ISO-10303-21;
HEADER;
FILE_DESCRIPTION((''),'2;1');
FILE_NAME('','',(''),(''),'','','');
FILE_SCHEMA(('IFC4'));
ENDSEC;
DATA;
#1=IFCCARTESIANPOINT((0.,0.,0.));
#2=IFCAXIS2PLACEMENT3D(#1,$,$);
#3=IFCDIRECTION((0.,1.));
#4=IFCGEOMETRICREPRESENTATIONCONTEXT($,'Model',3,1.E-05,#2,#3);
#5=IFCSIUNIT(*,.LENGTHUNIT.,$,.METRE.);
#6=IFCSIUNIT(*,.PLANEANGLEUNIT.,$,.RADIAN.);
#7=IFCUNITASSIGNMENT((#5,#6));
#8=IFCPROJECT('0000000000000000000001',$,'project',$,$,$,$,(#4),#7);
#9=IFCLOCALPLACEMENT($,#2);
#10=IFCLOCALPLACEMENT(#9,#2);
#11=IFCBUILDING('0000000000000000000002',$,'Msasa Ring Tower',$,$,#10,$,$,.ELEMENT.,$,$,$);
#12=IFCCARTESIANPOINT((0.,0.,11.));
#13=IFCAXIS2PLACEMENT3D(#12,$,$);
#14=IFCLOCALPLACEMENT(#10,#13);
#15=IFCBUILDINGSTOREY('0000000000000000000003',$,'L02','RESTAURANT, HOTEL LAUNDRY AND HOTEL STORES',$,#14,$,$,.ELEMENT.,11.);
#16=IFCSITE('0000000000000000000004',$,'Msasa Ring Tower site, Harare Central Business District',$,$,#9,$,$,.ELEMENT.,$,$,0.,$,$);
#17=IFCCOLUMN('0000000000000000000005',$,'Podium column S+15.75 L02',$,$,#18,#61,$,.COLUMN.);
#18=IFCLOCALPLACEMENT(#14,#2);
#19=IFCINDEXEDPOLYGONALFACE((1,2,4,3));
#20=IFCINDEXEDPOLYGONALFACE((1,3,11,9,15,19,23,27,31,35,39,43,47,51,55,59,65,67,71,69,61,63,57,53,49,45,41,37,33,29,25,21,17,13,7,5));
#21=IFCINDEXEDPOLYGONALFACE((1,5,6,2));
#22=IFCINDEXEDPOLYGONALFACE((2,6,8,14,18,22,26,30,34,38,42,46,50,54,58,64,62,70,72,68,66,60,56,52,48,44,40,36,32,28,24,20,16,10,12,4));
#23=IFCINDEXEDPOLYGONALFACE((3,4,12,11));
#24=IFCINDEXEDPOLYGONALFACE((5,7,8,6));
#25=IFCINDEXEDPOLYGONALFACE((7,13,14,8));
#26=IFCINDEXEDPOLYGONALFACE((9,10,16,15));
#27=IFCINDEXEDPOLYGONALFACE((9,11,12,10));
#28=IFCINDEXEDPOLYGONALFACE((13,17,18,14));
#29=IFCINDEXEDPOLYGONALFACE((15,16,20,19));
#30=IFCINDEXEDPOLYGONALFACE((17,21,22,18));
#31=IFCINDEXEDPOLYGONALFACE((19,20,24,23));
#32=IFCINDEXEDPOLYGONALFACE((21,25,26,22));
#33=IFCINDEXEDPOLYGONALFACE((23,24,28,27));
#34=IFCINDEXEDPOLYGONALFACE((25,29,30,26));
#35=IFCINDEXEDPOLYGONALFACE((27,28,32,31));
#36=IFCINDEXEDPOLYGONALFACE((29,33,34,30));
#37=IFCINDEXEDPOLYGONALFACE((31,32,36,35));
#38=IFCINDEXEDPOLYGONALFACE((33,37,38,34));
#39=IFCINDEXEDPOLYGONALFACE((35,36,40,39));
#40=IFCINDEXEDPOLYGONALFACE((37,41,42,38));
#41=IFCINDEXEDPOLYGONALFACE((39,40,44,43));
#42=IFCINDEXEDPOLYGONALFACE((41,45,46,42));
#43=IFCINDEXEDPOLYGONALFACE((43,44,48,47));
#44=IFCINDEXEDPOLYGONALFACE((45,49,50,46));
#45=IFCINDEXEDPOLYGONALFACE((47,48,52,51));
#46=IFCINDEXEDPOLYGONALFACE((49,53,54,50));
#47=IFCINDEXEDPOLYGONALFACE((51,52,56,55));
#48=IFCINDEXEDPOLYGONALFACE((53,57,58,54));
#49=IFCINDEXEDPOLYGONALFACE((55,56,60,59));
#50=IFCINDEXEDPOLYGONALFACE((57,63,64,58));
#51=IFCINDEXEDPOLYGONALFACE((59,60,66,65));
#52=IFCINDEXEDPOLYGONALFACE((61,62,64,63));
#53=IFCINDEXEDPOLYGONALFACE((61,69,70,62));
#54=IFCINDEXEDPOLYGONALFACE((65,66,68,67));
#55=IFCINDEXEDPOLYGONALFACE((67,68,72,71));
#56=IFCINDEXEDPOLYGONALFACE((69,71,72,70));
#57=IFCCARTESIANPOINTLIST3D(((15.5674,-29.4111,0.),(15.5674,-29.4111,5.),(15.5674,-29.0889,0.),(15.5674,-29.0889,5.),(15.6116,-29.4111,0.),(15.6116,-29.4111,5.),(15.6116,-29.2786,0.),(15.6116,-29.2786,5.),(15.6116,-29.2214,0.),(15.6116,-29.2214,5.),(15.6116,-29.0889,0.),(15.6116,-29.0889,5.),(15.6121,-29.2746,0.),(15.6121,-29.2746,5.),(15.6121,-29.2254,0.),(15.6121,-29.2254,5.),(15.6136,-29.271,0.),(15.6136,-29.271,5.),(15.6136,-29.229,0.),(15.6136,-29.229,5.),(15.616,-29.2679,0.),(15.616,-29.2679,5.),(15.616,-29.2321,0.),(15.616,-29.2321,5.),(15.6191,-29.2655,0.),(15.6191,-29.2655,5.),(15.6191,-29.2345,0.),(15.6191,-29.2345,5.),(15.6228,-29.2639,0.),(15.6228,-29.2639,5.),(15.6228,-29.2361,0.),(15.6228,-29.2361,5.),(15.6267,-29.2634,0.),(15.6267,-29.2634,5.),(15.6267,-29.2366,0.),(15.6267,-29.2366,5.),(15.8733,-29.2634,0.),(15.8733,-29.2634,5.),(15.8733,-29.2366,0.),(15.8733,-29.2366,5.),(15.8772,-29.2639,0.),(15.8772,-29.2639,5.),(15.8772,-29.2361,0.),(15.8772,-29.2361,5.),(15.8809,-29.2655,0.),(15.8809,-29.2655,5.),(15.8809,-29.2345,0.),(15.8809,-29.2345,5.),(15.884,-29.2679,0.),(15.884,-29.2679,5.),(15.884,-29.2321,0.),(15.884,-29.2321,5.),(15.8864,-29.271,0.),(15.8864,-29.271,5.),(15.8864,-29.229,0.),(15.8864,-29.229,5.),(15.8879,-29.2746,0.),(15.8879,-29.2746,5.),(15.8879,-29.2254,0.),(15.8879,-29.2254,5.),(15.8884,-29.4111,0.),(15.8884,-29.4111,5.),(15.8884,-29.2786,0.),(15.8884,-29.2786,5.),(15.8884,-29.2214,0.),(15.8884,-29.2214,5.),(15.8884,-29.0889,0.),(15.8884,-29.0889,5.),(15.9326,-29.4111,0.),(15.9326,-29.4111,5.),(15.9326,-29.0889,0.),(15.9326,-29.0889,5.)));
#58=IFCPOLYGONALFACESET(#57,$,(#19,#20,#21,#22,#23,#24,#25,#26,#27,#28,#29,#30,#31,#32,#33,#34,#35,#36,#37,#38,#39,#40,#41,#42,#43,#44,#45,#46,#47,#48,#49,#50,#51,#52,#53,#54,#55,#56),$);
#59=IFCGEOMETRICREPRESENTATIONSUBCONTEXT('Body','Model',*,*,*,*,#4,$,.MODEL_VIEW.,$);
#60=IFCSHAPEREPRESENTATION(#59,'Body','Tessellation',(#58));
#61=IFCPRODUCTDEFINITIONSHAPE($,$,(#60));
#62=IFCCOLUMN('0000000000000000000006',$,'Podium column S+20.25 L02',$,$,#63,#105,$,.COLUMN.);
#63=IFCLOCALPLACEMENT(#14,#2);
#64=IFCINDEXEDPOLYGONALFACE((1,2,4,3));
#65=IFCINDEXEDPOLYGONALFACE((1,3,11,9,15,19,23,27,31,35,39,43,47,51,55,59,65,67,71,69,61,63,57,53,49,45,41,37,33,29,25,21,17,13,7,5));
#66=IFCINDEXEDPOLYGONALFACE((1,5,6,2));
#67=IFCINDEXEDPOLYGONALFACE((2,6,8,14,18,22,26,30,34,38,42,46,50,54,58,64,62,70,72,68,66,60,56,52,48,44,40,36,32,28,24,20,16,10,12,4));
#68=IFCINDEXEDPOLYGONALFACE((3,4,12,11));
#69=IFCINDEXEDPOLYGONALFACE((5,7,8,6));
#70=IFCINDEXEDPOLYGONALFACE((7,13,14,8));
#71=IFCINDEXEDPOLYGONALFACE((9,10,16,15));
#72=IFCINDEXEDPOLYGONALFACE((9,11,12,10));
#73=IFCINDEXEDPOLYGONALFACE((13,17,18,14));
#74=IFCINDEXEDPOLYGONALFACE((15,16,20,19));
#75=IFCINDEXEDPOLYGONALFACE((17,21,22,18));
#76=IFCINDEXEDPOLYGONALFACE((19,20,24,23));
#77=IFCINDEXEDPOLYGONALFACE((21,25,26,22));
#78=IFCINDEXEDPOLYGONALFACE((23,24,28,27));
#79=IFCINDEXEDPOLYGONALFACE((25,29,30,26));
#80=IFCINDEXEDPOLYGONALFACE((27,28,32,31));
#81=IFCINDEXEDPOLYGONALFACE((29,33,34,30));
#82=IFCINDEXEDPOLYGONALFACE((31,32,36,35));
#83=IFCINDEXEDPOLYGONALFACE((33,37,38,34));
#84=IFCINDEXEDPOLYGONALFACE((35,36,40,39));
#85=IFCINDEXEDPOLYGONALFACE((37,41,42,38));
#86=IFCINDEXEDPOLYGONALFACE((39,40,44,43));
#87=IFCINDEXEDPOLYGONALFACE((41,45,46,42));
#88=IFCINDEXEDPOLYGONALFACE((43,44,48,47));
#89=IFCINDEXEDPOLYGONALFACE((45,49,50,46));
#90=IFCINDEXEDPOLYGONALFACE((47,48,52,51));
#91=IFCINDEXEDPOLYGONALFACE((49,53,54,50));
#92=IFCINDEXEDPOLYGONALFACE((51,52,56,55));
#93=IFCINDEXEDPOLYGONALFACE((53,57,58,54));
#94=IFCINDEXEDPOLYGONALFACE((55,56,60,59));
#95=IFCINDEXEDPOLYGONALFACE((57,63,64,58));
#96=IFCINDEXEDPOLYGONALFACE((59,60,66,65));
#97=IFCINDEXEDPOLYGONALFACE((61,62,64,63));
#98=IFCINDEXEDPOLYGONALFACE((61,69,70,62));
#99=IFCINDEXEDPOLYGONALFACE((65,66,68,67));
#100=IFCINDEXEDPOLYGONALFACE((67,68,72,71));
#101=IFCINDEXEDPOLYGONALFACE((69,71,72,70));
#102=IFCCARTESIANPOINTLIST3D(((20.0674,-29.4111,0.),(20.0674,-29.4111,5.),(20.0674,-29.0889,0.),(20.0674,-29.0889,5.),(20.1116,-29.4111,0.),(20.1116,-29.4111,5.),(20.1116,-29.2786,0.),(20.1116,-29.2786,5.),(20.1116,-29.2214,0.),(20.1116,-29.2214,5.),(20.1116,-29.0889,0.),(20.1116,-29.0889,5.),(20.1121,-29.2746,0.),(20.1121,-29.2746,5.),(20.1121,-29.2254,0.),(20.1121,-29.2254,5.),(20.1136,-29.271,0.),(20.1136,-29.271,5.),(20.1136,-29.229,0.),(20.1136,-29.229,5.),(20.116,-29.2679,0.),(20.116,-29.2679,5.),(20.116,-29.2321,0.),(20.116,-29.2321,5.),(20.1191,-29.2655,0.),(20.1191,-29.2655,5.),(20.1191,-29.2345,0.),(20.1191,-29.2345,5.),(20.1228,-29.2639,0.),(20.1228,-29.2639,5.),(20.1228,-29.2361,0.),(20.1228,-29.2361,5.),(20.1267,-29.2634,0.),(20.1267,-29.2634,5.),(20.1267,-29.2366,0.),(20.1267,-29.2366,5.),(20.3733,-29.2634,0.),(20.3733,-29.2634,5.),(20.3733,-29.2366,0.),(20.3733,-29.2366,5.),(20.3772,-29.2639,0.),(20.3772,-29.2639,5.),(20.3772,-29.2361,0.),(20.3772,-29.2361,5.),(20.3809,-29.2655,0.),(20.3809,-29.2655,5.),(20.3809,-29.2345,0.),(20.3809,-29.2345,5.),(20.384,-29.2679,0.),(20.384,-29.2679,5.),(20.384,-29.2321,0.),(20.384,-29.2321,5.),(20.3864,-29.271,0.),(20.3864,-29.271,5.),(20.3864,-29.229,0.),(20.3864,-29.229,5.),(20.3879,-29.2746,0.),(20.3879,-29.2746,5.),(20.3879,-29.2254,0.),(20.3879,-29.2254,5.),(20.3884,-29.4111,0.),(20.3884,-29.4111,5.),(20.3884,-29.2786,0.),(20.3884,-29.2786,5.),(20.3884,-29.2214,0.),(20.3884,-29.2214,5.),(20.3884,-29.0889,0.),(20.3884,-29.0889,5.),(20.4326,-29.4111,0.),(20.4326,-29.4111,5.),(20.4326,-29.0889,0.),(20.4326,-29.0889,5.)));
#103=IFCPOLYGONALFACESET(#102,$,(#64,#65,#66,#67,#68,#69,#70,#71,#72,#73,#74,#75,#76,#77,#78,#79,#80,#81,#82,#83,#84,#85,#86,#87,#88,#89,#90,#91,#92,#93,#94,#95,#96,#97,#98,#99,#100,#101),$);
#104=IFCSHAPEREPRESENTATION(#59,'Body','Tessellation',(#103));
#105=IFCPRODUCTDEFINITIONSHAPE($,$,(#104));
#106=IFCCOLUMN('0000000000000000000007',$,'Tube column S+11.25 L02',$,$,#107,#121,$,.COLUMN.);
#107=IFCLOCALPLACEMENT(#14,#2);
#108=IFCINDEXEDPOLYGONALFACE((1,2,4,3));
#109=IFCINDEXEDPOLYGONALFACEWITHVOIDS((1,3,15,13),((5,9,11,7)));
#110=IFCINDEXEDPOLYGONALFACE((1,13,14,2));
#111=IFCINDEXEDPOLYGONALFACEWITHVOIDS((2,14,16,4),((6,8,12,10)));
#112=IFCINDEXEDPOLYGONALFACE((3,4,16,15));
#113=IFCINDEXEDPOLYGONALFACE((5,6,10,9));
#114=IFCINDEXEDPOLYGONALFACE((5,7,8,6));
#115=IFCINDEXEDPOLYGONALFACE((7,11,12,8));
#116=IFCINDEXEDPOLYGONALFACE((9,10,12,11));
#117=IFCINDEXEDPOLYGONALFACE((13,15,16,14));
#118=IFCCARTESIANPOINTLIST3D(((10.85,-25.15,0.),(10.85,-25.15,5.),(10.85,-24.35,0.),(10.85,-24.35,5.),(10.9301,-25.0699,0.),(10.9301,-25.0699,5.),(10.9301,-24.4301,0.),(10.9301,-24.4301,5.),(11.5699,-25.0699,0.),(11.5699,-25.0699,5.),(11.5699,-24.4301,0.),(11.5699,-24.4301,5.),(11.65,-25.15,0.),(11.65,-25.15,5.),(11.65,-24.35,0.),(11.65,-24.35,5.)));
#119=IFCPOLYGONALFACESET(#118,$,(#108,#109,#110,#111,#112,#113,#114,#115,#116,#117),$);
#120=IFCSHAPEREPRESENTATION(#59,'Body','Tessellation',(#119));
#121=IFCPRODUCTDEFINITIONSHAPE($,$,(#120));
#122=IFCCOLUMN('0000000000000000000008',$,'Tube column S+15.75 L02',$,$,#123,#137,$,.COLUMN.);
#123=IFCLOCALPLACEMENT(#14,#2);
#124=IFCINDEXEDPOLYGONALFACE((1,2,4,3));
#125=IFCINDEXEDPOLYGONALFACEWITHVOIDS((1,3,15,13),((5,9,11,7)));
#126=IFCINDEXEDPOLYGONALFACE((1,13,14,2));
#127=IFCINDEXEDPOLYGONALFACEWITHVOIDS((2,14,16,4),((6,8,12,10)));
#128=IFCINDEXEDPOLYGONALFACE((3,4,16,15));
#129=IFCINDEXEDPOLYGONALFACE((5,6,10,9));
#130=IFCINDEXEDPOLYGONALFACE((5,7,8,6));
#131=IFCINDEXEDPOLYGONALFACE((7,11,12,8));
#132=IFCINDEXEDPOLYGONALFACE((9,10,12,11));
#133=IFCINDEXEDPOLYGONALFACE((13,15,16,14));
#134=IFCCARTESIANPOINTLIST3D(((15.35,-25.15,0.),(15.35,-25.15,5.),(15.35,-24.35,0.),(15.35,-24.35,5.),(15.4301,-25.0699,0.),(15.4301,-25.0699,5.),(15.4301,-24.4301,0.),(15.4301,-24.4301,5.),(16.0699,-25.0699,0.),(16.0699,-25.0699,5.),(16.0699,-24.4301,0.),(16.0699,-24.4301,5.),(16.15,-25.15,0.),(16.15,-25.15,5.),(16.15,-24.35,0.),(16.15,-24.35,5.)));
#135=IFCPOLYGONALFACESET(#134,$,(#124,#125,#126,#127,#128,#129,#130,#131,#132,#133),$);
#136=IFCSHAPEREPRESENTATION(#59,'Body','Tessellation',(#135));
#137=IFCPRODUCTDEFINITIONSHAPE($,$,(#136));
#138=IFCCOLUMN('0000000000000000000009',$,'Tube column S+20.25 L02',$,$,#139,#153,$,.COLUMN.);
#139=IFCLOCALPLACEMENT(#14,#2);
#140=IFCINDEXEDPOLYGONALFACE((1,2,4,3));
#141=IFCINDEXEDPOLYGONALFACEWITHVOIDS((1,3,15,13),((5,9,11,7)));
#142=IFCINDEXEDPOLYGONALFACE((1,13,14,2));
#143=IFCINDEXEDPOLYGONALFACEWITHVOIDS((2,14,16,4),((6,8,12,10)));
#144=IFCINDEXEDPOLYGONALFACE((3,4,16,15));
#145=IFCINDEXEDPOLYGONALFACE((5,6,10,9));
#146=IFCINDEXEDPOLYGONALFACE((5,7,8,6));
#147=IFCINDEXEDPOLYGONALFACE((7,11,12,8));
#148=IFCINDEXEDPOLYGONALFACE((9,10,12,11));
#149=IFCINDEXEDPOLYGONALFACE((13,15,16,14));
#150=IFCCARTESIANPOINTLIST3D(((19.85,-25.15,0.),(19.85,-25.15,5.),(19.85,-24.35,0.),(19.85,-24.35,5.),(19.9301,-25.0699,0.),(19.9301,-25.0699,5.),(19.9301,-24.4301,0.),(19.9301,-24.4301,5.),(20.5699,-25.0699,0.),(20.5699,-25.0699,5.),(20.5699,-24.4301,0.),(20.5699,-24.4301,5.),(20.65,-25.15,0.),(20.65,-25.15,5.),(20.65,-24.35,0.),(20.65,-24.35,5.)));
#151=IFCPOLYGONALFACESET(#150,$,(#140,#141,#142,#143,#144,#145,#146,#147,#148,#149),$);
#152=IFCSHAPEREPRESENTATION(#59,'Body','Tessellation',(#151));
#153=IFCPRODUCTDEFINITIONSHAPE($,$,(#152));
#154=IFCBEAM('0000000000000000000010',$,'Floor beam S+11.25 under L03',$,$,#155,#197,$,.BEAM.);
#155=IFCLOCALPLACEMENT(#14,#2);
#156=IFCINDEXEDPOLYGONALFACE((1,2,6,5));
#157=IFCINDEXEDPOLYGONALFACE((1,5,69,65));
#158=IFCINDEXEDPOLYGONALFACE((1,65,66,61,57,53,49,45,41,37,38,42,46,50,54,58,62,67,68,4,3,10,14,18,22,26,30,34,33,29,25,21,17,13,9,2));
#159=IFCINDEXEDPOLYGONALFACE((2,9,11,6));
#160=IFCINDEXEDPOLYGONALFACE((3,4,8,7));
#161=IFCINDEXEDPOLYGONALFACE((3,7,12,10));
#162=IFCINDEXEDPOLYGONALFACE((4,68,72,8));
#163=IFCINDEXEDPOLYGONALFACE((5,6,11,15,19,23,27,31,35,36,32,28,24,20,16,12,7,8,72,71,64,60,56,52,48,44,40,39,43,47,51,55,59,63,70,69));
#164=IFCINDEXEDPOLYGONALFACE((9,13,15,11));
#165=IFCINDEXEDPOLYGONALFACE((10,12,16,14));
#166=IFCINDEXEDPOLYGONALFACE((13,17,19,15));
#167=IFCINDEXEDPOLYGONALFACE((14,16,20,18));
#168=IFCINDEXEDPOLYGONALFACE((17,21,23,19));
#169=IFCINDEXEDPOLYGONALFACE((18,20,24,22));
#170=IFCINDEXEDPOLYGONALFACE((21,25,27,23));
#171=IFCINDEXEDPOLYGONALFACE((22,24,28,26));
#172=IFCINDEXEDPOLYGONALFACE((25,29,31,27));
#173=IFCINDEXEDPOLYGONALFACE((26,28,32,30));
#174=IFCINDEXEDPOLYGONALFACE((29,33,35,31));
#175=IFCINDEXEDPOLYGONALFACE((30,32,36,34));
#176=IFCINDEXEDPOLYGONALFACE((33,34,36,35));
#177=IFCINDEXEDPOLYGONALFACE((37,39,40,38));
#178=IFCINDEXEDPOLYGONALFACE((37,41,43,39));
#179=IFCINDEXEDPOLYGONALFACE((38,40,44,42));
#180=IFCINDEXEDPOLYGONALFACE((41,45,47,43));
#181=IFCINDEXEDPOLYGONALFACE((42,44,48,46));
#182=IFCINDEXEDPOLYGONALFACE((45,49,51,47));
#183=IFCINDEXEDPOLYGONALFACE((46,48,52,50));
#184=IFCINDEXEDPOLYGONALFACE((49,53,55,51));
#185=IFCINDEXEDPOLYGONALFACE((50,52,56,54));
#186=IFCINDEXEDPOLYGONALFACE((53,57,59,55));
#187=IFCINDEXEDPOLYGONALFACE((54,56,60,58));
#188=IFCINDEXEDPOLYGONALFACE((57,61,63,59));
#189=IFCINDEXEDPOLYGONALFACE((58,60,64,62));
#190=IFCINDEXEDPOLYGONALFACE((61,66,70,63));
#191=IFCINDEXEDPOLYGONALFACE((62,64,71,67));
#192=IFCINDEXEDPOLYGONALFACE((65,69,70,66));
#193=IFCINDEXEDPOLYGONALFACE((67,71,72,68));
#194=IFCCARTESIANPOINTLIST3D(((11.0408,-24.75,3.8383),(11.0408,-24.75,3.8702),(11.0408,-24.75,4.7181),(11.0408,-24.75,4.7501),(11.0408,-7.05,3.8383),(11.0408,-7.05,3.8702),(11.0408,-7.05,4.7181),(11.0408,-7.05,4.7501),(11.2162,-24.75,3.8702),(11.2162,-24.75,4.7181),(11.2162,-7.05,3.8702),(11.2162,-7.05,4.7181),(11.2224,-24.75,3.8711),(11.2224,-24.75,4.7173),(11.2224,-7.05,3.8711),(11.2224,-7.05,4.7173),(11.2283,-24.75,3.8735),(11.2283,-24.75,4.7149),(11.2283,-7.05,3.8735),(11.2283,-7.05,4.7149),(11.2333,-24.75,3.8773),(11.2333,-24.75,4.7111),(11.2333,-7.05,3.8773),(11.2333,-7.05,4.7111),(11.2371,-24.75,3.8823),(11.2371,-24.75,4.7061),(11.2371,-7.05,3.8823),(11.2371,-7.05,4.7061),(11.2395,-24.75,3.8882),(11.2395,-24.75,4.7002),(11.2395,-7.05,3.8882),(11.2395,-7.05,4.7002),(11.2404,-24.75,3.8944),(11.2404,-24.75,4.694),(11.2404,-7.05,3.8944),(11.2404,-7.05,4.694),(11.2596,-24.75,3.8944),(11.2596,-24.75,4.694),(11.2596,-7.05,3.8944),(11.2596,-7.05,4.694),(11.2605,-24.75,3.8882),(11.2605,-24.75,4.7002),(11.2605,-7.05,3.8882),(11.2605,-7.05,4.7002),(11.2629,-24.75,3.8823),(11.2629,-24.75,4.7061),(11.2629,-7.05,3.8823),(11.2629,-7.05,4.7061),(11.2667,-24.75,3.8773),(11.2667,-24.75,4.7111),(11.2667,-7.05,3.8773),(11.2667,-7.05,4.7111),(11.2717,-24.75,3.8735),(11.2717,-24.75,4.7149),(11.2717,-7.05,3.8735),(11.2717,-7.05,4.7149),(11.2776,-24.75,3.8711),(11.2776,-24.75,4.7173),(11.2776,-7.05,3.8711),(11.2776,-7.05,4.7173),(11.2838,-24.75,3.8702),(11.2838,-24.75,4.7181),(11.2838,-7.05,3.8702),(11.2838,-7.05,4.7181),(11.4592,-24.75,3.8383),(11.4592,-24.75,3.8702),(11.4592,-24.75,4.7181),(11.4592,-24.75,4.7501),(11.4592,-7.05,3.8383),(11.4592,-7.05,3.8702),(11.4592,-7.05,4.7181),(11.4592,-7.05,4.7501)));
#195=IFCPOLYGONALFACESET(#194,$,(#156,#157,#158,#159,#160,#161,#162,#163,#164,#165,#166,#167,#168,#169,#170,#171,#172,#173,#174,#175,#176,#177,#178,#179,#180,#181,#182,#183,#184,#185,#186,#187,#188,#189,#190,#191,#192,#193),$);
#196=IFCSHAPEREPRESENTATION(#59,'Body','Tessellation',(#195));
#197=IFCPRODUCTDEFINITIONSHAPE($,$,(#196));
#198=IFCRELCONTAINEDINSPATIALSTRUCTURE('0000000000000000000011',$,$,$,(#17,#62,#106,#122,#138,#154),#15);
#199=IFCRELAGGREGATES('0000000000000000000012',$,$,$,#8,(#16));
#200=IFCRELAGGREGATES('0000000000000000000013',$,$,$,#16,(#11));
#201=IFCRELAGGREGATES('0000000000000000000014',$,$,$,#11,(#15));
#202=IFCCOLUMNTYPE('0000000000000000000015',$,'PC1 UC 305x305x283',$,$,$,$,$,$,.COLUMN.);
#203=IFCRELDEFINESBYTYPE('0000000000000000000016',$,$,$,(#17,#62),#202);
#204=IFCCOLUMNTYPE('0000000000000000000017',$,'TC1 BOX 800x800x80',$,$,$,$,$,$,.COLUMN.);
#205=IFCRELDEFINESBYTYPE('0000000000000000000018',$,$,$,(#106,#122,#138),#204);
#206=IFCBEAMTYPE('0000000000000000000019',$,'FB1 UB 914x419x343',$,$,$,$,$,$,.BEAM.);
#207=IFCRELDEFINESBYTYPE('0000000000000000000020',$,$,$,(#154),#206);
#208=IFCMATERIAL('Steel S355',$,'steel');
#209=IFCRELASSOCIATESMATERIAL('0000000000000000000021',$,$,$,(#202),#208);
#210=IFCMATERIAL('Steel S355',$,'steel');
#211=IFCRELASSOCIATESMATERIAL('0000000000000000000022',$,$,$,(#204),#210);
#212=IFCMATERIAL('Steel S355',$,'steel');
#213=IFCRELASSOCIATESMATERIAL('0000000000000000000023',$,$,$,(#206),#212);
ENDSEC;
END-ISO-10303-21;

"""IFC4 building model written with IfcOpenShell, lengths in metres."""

from ifc_helpers import new_model, si_unit, direction, frame, origin, origin_2d, place, context, subcontext, project, spatial, hollow_rectangle, i_section, extrude, material, material_profile, profile_set, type_object, element, save


model = new_model("IFC4")

# Units and contexts
model_context = context("Model", 3, precision=1e-05, world=origin(), true_north=direction((0.0, 1.0)))
body_context = subcontext(model_context, "Body", "Model", "MODEL_VIEW")
ifc_project = project(units=[si_unit("LENGTHUNIT", "METRE"), si_unit("PLANEANGLEUNIT", "RADIAN")], contexts=[model_context])

# Site, building, storey
site_placement = place(None, origin())
site = spatial("IfcSite", under=ifc_project, at=site_placement, Name="Msasa Ring Tower site, Harare Central Business District", CompositionType="ELEMENT", RefElevation=0.0)
building_placement = place(site_placement, origin())
building = spatial("IfcBuilding", under=site, at=building_placement, Name="Msasa Ring Tower", CompositionType="ELEMENT")
storey_placement = place(building_placement, frame((0.0, 0.0, 11.0)))
storey = spatial("IfcBuildingStorey", under=building, at=storey_placement, Name="L02", Description="RESTAURANT, HOTEL LAUNDRY AND HOTEL STORES", CompositionType="ELEMENT", Elevation=11.0)

# Columns
ifc_material_1 = material(Name="Steel S355", Category="steel")
ifc_material_profile_1 = material_profile(ifc_material_1, i_section(OverallWidth=0.3223, OverallDepth=0.3652, WebThickness=0.0269, FlangeThickness=0.0442, FilletRadius=0.0151, at=origin_2d()), Name="UC 305x305x283")
ifc_profile_set_1 = profile_set([ifc_material_profile_1], Name="Steel S355")
column_type_1 = type_object("IfcColumnType", Name="PC1 UC 305x305x283", PredefinedType="COLUMN", material=ifc_profile_set_1)
for number, where, z_axis, x_axis, name in (
    (1, (15.75, -29.25, 0.0), (0.0, 0.0, 1.0), (0.0, 1.0, 0.0), "Podium column S+15.75 L02"),
    (2, (20.25, -29.25, 0.0), (0.0, 0.0, 1.0), (0.0, 1.0, 0.0), "Podium column S+20.25 L02"),
):
    element("IfcColumn", number, at=place(storey_placement, frame(where, z_axis=z_axis, x_axis=x_axis)), inside=storey, type_object=column_type_1, Name=name, PredefinedType="COLUMN", context=body_context, shape_type="SweptSolid", body=[
        extrude(i_section(OverallWidth=0.3223, OverallDepth=0.3652, WebThickness=0.0269, FlangeThickness=0.0442, FilletRadius=0.0151, at=origin_2d()), origin(), (0.0, 0.0, 1.0), 5.0),
    ])
ifc_material_2 = material(Name="Steel S355", Category="steel")
ifc_material_profile_2 = material_profile(ifc_material_2, hollow_rectangle(XDim=0.8, YDim=0.8, WallThickness=0.0801, at=origin_2d()), Name="BOX 800x800x80")
ifc_profile_set_2 = profile_set([ifc_material_profile_2], Name="Steel S355")
column_type_2 = type_object("IfcColumnType", Name="TC1 BOX 800x800x80", PredefinedType="COLUMN", material=ifc_profile_set_2)
for number, where, z_axis, x_axis, name in (
    (3, (11.25, -24.75, 0.0), (0.0, 0.0, 1.0), (0.0, 1.0, 0.0), "Tube column S+11.25 L02"),
    (4, (15.75, -24.75, 0.0), (0.0, 0.0, 1.0), (0.0, 1.0, 0.0), "Tube column S+15.75 L02"),
    (5, (20.25, -24.75, 0.0), (0.0, 0.0, 1.0), (0.0, 1.0, 0.0), "Tube column S+20.25 L02"),
):
    element("IfcColumn", number, at=place(storey_placement, frame(where, z_axis=z_axis, x_axis=x_axis)), inside=storey, type_object=column_type_2, Name=name, PredefinedType="COLUMN", context=body_context, shape_type="SweptSolid", body=[
        extrude(hollow_rectangle(XDim=0.8, YDim=0.8, WallThickness=0.0801, at=origin_2d()), origin(), (0.0, 0.0, 1.0), 5.0),
    ])

# Beam
ifc_material_3 = material(Name="Steel S355", Category="steel")
ifc_material_profile_3 = material_profile(ifc_material_3, i_section(OverallWidth=0.4185, OverallDepth=0.9119, WebThickness=0.0193, FlangeThickness=0.032, FilletRadius=0.0242, at=origin_2d()), Name="UB 914x419x343")
ifc_profile_set_3 = profile_set([ifc_material_profile_3], Name="Steel S355")
beam_type_1 = type_object("IfcBeamType", Name="FB1 UB 914x419x343", PredefinedType="BEAM", material=ifc_profile_set_3)
for number, where, z_axis, x_axis, name in (
    (6, (11.25, -24.75, 4.2942), (0.0, 1.0, 0.0), (-1.0, 0.0, 0.0), "Floor beam S+11.25 under L03"),
):
    element("IfcBeam", number, at=place(storey_placement, frame(where, z_axis=z_axis, x_axis=x_axis)), inside=storey, type_object=beam_type_1, Name=name, PredefinedType="BEAM", context=body_context, shape_type="SweptSolid", body=[
        extrude(i_section(OverallWidth=0.4185, OverallDepth=0.9119, WebThickness=0.0193, FlangeThickness=0.032, FilletRadius=0.0242, at=origin_2d()), origin(), (0.0, 0.0, 1.0), 17.7),
    ])

save(model, "model.ifc")
